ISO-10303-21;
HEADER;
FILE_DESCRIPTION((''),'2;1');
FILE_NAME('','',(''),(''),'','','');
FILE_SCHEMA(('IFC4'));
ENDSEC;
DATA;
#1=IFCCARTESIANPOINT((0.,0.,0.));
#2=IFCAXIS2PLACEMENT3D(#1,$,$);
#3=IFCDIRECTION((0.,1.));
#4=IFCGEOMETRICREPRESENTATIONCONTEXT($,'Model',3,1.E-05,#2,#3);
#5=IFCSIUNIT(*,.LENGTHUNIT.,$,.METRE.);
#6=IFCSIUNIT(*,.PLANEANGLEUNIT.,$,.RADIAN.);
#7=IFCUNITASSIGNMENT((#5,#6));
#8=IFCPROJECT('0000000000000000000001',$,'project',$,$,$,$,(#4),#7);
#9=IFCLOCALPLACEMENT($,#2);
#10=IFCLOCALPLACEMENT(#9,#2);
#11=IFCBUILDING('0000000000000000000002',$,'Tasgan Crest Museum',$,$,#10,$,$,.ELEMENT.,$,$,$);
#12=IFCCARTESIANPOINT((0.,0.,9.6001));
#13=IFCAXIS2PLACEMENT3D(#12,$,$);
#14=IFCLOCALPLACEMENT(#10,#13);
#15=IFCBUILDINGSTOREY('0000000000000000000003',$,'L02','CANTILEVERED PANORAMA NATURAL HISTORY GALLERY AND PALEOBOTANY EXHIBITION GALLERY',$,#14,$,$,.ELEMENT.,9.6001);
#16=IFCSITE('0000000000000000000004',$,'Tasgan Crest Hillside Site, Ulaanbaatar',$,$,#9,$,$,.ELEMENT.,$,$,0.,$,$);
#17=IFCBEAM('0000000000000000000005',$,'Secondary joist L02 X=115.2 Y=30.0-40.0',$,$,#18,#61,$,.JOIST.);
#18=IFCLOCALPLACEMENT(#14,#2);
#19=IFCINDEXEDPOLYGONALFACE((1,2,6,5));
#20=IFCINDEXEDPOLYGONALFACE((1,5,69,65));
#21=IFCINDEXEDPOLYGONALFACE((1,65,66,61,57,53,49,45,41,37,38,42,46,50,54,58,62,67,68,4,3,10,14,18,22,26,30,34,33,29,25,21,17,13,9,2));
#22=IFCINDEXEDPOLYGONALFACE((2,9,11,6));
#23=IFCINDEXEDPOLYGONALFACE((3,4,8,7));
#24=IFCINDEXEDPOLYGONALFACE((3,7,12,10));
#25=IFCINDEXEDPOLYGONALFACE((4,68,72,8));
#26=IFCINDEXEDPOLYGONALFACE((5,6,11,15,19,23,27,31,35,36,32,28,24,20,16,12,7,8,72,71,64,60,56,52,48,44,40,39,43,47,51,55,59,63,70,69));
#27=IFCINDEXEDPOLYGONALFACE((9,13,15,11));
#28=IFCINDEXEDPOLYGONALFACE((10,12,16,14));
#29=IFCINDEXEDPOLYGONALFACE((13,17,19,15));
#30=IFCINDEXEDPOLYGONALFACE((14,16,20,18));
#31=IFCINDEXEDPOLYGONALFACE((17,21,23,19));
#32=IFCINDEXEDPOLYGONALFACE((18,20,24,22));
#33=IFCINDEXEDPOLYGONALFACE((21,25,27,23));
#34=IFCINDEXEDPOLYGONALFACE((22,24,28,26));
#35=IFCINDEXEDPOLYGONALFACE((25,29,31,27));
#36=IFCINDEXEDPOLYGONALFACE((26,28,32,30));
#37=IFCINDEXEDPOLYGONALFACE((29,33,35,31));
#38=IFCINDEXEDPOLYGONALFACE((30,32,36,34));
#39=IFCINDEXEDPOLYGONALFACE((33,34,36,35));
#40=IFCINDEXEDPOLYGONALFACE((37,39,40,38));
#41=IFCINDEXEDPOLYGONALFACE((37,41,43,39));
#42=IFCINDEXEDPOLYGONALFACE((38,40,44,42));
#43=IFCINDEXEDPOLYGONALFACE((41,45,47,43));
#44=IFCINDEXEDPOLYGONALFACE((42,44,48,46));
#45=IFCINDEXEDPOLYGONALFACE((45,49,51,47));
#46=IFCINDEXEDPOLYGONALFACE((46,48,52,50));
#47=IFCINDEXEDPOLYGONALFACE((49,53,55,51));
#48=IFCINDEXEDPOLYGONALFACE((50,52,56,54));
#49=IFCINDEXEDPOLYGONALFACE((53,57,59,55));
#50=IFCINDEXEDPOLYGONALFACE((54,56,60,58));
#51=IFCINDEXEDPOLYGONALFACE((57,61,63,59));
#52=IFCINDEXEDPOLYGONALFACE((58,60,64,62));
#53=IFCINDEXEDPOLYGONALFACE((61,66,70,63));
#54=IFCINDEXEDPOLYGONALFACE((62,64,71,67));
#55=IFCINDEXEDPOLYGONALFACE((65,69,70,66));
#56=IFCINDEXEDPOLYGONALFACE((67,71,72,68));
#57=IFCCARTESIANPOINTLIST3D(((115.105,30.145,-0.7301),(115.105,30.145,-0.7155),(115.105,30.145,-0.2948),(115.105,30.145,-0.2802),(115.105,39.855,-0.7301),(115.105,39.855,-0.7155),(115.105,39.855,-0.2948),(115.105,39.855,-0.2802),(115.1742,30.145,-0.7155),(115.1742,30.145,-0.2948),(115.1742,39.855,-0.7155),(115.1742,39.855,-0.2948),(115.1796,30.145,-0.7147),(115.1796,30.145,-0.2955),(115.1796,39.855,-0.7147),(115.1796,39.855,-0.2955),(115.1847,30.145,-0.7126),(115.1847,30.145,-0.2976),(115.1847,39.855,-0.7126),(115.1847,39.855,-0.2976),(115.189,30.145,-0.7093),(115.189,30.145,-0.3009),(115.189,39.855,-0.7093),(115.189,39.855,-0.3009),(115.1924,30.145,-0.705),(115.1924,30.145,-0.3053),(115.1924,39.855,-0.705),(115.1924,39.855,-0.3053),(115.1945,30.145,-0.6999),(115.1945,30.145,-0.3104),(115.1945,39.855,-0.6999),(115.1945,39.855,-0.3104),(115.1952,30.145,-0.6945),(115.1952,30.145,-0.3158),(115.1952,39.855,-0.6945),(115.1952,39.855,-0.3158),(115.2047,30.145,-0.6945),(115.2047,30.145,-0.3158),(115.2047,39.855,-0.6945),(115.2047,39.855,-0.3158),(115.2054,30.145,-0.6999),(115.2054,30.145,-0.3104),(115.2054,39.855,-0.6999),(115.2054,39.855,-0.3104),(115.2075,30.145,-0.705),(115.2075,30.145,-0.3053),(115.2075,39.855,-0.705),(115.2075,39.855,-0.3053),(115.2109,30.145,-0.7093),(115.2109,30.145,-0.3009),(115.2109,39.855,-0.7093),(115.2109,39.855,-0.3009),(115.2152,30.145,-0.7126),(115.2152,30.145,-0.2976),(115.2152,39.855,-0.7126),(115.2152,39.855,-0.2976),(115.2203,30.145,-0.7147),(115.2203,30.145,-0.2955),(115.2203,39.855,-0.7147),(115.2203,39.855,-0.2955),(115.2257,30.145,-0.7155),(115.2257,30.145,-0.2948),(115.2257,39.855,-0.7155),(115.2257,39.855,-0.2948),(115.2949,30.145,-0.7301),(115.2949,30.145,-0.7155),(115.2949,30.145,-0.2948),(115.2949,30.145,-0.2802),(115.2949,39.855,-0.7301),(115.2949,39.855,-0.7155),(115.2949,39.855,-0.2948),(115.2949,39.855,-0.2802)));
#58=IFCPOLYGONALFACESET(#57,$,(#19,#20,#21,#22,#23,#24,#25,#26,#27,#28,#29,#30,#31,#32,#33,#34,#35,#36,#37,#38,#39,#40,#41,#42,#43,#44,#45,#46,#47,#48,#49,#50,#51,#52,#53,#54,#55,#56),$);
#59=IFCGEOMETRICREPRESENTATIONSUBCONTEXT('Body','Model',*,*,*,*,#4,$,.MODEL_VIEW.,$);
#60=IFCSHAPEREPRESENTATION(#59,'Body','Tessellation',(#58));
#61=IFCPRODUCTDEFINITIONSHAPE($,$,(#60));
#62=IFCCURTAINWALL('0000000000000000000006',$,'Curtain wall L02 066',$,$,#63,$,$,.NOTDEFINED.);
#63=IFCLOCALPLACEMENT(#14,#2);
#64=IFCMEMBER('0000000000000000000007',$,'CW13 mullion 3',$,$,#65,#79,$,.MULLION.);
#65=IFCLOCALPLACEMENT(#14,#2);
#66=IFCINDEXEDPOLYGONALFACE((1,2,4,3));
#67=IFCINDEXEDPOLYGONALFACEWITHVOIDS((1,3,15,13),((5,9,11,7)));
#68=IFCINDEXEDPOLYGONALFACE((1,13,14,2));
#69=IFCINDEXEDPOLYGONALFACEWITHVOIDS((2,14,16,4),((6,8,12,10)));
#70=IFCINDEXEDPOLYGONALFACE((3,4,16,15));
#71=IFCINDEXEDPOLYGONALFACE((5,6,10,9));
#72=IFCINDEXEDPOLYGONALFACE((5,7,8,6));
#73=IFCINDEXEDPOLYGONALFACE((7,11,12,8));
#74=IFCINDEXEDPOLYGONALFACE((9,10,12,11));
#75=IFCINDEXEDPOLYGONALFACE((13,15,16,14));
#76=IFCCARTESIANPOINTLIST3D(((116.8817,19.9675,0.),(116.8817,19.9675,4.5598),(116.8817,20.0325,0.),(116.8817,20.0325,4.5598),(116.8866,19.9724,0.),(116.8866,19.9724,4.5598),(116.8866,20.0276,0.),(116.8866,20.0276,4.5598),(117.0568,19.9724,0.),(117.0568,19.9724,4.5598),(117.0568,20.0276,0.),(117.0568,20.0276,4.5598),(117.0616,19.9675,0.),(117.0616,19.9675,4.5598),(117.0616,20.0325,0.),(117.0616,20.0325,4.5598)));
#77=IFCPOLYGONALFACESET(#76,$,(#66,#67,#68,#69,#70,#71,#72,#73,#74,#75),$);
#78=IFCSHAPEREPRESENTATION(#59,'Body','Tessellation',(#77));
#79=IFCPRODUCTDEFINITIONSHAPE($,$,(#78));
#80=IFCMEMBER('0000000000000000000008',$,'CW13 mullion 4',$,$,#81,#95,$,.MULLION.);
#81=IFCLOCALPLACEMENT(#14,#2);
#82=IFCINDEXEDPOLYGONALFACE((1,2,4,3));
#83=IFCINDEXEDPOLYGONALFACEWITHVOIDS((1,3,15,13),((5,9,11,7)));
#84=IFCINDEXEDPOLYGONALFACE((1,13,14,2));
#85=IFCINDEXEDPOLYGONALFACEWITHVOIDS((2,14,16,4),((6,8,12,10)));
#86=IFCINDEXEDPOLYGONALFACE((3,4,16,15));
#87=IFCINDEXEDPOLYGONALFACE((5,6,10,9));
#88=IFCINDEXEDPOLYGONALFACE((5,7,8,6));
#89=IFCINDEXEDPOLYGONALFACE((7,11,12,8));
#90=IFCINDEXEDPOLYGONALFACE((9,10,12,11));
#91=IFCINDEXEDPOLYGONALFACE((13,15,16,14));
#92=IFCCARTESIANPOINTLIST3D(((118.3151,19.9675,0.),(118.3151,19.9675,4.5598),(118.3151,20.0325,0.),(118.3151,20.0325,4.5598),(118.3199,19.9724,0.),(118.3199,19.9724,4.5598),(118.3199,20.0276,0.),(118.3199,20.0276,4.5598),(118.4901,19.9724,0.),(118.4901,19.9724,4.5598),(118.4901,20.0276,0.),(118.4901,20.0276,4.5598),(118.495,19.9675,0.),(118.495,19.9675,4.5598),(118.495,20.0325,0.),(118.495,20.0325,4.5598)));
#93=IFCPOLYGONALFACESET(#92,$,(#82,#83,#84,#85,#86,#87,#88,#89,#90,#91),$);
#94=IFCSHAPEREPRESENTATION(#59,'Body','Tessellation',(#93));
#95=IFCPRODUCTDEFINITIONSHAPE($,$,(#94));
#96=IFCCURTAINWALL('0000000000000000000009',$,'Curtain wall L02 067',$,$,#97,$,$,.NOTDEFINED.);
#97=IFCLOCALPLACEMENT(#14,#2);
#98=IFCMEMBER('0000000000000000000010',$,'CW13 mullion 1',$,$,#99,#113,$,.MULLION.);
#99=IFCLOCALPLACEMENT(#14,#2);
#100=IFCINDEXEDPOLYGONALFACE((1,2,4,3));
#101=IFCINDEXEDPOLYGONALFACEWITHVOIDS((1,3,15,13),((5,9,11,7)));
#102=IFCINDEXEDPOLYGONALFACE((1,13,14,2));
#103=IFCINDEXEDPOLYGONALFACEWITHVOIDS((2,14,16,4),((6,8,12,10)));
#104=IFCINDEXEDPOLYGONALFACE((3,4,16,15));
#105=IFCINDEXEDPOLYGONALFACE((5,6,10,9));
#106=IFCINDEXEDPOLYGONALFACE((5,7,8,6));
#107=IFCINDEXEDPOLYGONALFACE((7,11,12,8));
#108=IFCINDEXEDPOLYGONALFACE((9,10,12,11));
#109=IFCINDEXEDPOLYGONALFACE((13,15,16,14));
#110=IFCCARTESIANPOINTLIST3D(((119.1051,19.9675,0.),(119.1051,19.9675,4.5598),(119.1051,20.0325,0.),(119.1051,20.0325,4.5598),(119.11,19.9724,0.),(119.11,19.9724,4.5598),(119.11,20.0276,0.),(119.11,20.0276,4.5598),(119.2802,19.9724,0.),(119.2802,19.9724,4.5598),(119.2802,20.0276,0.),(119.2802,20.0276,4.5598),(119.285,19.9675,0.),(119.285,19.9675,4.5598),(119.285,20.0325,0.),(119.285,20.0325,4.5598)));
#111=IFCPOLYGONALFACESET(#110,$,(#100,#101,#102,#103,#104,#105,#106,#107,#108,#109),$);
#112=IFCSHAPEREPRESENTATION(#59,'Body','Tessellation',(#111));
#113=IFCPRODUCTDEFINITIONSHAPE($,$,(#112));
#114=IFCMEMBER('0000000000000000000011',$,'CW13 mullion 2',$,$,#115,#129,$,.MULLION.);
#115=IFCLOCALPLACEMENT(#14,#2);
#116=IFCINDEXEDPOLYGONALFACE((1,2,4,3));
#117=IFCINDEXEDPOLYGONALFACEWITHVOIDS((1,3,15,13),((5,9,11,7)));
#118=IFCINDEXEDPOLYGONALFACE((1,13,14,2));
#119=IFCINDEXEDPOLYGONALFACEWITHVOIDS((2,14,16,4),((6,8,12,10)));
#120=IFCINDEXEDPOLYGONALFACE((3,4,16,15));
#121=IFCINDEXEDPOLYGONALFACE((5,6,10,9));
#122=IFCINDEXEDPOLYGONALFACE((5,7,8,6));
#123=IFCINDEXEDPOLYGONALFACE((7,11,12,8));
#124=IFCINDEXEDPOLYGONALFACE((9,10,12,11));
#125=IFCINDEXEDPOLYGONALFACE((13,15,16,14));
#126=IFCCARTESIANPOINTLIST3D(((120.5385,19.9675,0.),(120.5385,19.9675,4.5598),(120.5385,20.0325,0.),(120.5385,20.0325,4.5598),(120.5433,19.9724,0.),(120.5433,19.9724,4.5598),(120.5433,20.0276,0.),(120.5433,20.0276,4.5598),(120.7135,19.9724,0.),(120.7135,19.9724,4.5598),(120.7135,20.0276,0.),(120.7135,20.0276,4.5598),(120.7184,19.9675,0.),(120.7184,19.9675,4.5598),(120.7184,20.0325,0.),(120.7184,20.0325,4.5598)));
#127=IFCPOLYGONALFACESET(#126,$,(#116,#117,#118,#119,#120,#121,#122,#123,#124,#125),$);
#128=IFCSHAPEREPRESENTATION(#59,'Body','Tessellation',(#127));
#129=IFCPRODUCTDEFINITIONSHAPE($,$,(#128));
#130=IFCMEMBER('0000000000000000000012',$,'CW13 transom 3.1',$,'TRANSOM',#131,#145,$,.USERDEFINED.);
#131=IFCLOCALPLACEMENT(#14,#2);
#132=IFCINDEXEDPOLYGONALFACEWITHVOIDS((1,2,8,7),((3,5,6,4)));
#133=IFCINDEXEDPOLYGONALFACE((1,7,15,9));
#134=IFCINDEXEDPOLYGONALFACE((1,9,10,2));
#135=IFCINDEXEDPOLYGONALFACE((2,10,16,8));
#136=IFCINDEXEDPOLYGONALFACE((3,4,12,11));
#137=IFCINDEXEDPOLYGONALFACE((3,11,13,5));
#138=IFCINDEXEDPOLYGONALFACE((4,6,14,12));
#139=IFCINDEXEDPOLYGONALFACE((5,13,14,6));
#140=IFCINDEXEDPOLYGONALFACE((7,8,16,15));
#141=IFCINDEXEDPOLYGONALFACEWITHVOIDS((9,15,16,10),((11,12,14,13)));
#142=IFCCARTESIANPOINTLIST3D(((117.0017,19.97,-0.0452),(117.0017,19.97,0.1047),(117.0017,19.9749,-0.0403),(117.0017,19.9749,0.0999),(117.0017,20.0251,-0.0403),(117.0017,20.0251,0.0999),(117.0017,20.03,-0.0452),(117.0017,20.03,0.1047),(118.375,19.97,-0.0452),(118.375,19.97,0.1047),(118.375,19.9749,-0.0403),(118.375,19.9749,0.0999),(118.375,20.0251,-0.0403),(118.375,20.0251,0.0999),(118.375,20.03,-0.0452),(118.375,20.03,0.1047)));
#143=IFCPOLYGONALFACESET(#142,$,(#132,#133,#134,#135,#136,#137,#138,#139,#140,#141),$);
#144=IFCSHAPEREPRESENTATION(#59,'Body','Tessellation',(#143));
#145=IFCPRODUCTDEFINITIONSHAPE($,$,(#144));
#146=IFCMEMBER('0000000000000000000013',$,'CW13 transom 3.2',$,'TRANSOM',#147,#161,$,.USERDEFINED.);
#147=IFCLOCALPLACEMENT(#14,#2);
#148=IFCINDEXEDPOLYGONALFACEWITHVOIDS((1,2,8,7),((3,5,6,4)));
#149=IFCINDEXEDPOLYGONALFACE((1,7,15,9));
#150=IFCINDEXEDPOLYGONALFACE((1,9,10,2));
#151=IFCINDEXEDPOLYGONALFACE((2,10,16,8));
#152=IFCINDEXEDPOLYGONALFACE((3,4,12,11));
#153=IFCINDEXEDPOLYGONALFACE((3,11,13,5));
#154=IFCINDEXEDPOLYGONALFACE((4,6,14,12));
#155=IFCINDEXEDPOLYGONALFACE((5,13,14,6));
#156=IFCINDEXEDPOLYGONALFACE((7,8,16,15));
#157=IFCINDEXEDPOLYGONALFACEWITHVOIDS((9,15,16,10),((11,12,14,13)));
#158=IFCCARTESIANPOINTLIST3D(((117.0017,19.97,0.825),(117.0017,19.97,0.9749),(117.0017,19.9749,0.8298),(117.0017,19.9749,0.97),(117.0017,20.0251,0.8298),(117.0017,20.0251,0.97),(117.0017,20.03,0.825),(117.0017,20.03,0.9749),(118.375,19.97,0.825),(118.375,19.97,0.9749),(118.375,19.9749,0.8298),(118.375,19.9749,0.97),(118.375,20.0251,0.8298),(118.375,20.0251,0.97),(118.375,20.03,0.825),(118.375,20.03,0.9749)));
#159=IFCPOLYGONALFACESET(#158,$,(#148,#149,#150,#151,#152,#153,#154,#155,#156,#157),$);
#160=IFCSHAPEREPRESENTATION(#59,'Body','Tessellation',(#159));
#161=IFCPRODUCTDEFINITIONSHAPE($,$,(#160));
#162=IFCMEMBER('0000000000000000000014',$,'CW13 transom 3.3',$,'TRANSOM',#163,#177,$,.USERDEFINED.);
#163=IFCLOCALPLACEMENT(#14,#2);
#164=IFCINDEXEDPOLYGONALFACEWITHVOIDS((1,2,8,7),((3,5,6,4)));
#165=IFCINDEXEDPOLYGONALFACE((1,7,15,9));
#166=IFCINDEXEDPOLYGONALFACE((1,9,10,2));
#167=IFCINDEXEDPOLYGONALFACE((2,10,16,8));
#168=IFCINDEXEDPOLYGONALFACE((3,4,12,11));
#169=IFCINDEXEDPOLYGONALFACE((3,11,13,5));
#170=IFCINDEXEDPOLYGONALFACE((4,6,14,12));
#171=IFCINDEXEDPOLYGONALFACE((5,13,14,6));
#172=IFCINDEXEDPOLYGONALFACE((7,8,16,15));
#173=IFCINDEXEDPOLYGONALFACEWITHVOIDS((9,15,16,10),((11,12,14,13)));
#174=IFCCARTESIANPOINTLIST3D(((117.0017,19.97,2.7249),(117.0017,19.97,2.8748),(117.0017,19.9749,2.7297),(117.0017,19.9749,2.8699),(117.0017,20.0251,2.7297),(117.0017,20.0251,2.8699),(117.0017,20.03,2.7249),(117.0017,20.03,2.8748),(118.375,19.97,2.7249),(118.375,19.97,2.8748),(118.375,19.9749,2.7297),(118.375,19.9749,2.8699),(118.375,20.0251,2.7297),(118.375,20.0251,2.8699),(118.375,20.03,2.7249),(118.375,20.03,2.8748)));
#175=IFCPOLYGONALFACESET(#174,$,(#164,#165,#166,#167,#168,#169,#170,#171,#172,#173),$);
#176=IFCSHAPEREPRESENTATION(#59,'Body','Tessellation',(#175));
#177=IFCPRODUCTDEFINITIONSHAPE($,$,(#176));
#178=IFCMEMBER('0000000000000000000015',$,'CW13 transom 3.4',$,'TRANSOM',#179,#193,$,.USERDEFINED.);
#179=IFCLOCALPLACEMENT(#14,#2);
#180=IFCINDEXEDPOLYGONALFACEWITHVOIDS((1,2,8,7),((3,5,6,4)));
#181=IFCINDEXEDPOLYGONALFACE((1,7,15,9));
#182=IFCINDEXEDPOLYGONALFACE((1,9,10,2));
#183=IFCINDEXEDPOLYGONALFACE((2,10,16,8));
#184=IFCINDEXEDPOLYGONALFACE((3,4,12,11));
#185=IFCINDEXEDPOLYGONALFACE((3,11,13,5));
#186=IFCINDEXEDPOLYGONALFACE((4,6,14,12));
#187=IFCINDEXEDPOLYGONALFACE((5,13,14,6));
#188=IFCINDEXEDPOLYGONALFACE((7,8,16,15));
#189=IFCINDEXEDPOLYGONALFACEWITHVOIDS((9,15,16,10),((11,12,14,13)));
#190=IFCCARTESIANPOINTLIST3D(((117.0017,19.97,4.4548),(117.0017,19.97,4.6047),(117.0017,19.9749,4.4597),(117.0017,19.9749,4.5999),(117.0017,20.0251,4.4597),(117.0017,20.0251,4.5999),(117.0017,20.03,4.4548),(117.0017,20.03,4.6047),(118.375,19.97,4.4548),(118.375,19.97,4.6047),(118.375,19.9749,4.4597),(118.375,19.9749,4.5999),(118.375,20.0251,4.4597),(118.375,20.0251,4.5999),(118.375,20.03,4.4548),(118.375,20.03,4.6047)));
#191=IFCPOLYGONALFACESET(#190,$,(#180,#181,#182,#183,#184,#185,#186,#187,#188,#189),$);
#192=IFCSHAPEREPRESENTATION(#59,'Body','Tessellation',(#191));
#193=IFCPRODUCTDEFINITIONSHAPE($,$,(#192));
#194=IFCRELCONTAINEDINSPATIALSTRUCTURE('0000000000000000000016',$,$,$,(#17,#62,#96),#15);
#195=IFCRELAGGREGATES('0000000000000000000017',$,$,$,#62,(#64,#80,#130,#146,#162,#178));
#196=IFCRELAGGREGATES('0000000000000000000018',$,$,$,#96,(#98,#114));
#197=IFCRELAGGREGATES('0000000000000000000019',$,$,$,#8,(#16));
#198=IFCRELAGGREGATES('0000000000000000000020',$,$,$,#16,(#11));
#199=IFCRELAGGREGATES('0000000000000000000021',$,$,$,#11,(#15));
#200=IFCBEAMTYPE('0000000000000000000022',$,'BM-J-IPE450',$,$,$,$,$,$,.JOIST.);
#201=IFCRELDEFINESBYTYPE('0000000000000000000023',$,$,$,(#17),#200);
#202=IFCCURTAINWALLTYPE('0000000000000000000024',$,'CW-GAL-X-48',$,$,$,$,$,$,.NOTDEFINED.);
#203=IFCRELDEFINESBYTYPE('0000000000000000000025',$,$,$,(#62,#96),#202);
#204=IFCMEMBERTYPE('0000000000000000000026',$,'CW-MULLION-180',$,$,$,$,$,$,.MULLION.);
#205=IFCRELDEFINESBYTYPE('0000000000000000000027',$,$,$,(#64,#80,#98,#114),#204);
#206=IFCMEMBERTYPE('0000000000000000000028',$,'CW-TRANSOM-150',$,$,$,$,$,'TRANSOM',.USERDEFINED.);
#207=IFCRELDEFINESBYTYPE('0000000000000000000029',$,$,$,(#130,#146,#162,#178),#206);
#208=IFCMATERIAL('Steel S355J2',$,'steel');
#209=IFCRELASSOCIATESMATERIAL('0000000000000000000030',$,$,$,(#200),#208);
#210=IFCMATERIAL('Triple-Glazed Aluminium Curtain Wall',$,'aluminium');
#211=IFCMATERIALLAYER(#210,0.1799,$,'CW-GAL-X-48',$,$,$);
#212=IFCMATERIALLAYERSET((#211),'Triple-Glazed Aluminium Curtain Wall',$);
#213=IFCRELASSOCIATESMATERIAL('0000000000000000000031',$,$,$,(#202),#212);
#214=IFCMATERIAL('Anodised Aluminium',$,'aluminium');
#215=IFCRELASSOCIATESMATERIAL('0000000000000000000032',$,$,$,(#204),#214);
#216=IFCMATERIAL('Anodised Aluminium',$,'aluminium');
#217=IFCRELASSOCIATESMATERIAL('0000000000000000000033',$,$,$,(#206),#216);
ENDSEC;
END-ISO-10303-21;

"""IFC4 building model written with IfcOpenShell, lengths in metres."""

from ifc_helpers import new_model, si_unit, direction, frame, origin, origin_2d, place, context, subcontext, project, spatial, hollow_rectangle, i_section, extrude, material, layer, layer_set, material_profile, profile_set, type_object, element, aggregate, save


model = new_model("IFC4")

# Units and contexts
model_context = context("Model", 3, precision=1e-05, world=origin(), true_north=direction((0.0, 1.0)))
body_context = subcontext(model_context, "Body", "Model", "MODEL_VIEW")
ifc_project = project(units=[si_unit("LENGTHUNIT", "METRE"), si_unit("PLANEANGLEUNIT", "RADIAN")], contexts=[model_context])

# Site, building, storey
site_placement = place(None, origin())
site = spatial("IfcSite", under=ifc_project, at=site_placement, Name="Tasgan Crest Hillside Site, Ulaanbaatar", CompositionType="ELEMENT", RefElevation=0.0)
building_placement = place(site_placement, origin())
building = spatial("IfcBuilding", under=site, at=building_placement, Name="Tasgan Crest Museum", CompositionType="ELEMENT")
storey_placement = place(building_placement, frame((0.0, 0.0, 9.6001)))
storey = spatial("IfcBuildingStorey", under=building, at=storey_placement, Name="L02", Description="CANTILEVERED PANORAMA NATURAL HISTORY GALLERY AND PALEOBOTANY EXHIBITION GALLERY", CompositionType="ELEMENT", Elevation=9.6001)

# Beam
ifc_material_1 = material(Name="Steel S355J2", Category="steel")
ifc_material_profile_1 = material_profile(ifc_material_1, i_section(OverallWidth=0.1899, OverallDepth=0.45, WebThickness=0.0095, FlangeThickness=0.0146, FilletRadius=0.021, at=origin_2d()), Name="IPE 450")
ifc_profile_set_1 = profile_set([ifc_material_profile_1], Name="Steel S355J2")
beam_type_1 = type_object("IfcBeamType", Name="BM-J-IPE450", PredefinedType="JOIST", material=ifc_profile_set_1)
for number, where, z_axis, x_axis, name in (
    (1, (115.2, 30.145, -0.5051), (0.0, 1.0, 0.0), (-1.0, 0.0, 0.0), "Secondary joist L02 X=115.2 Y=30.0-40.0"),
):
    element("IfcBeam", number, at=place(storey_placement, frame(where, z_axis=z_axis, x_axis=x_axis)), inside=storey, type_object=beam_type_1, Name=name, PredefinedType="JOIST", context=body_context, shape_type="SweptSolid", body=[
        extrude(i_section(OverallWidth=0.1899, OverallDepth=0.45, WebThickness=0.0095, FlangeThickness=0.0146, FilletRadius=0.021, at=origin_2d()), origin(), (0.0, 0.0, 1.0), 9.71),
    ])

# Curtain walls, members
ifc_material_2 = material(Name="Triple-Glazed Aluminium Curtain Wall", Category="aluminium")
ifc_layer_1 = layer(ifc_material_2, 0.1799, Name="CW-GAL-X-48")
ifc_layer_set_1 = layer_set([ifc_layer_1], Name="Triple-Glazed Aluminium Curtain Wall")
curtain_wall_type = type_object("IfcCurtainWallType", Name="CW-GAL-X-48", PredefinedType="NOTDEFINED", material=ifc_layer_set_1)
curtain_wall_1_placement = place(storey_placement, origin())
curtain_wall_1 = element("IfcCurtainWall", 2, at=curtain_wall_1_placement, inside=storey, type_object=curtain_wall_type, Name="Curtain wall L02 066", PredefinedType="NOTDEFINED")
ifc_material_3 = material(Name="Anodised Aluminium", Category="aluminium")
ifc_material_profile_2 = material_profile(ifc_material_3, hollow_rectangle(XDim=0.0649, YDim=0.1799, WallThickness=0.0049, at=origin_2d()), Name="ALU MULLION 180x65x5")
ifc_profile_set_2 = profile_set([ifc_material_profile_2], Name="Anodised Aluminium")
member_type_1 = type_object("IfcMemberType", Name="CW-MULLION-180", PredefinedType="MULLION", material=ifc_profile_set_2)
member_1_placement = place(storey_placement, frame((116.9717, 20.0, 0.0), z_axis=(0.0, 0.0, 1.0), x_axis=(0.0, 1.0, 0.0)))
member_1 = element("IfcMember", 3, at=member_1_placement, type_object=member_type_1, Name="CW13 mullion 3", PredefinedType="MULLION", context=body_context, shape_type="SweptSolid", body=[
    extrude(hollow_rectangle(XDim=0.0649, YDim=0.1799, WallThickness=0.0049, at=origin_2d()), origin(), (0.0, 0.0, 1.0), 4.5598),
])
member_2_placement = place(storey_placement, frame((118.405, 20.0, 0.0), z_axis=(0.0, 0.0, 1.0), x_axis=(0.0, 1.0, 0.0)))
member_2 = element("IfcMember", 4, at=member_2_placement, type_object=member_type_1, Name="CW13 mullion 4", PredefinedType="MULLION", context=body_context, shape_type="SweptSolid", body=[
    extrude(hollow_rectangle(XDim=0.0649, YDim=0.1799, WallThickness=0.0049, at=origin_2d()), origin(), (0.0, 0.0, 1.0), 4.5598),
])
curtain_wall_2_placement = place(storey_placement, origin())
curtain_wall_2 = element("IfcCurtainWall", 5, at=curtain_wall_2_placement, inside=storey, type_object=curtain_wall_type, Name="Curtain wall L02 067", PredefinedType="NOTDEFINED")
member_3_placement = place(storey_placement, frame((119.1951, 20.0, 0.0), z_axis=(0.0, 0.0, 1.0), x_axis=(0.0, 1.0, 0.0)))
member_3 = element("IfcMember", 6, at=member_3_placement, type_object=member_type_1, Name="CW13 mullion 1", PredefinedType="MULLION", context=body_context, shape_type="SweptSolid", body=[
    extrude(hollow_rectangle(XDim=0.0649, YDim=0.1799, WallThickness=0.0049, at=origin_2d()), origin(), (0.0, 0.0, 1.0), 4.5598),
])
member_4_placement = place(storey_placement, frame((120.6284, 20.0, 0.0), z_axis=(0.0, 0.0, 1.0), x_axis=(0.0, 1.0, 0.0)))
member_4 = element("IfcMember", 7, at=member_4_placement, type_object=member_type_1, Name="CW13 mullion 2", PredefinedType="MULLION", context=body_context, shape_type="SweptSolid", body=[
    extrude(hollow_rectangle(XDim=0.0649, YDim=0.1799, WallThickness=0.0049, at=origin_2d()), origin(), (0.0, 0.0, 1.0), 4.5598),
])

# Members
ifc_material_4 = material(Name="Anodised Aluminium", Category="aluminium")
ifc_material_profile_3 = material_profile(ifc_material_4, hollow_rectangle(XDim=0.0601, YDim=0.1499, WallThickness=0.0049, at=origin_2d()), Name="ALU TRANSOM 150x60x5")
ifc_profile_set_3 = profile_set([ifc_material_profile_3], Name="Anodised Aluminium")
member_type_2 = type_object("IfcMemberType", Name="CW-TRANSOM-150", ElementType="TRANSOM", PredefinedType="USERDEFINED", material=ifc_profile_set_3)
member_5_placement = place(storey_placement, frame((117.0017, 20.0, 0.0298), z_axis=(1.0, 0.0, 0.0), x_axis=(0.0, 1.0, 0.0)))
member_5 = element("IfcMember", 8, at=member_5_placement, type_object=member_type_2, Name="CW13 transom 3.1", ObjectType="TRANSOM", PredefinedType="USERDEFINED", context=body_context, shape_type="SweptSolid", body=[
    extrude(hollow_rectangle(XDim=0.0601, YDim=0.1499, WallThickness=0.0049, at=origin_2d()), origin(), (0.0, 0.0, 1.0), 1.3733),
])
member_6_placement = place(storey_placement, frame((117.0017, 20.0, 0.8999), z_axis=(1.0, 0.0, 0.0), x_axis=(0.0, 1.0, 0.0)))
member_6 = element("IfcMember", 9, at=member_6_placement, type_object=member_type_2, Name="CW13 transom 3.2", ObjectType="TRANSOM", PredefinedType="USERDEFINED", context=body_context, shape_type="SweptSolid", body=[
    extrude(hollow_rectangle(XDim=0.0601, YDim=0.1499, WallThickness=0.0049, at=origin_2d()), origin(), (0.0, 0.0, 1.0), 1.3733),
])
member_7_placement = place(storey_placement, frame((117.0017, 20.0, 2.7998), z_axis=(1.0, 0.0, 0.0), x_axis=(0.0, 1.0, 0.0)))
member_7 = element("IfcMember", 10, at=member_7_placement, type_object=member_type_2, Name="CW13 transom 3.3", ObjectType="TRANSOM", PredefinedType="USERDEFINED", context=body_context, shape_type="SweptSolid", body=[
    extrude(hollow_rectangle(XDim=0.0601, YDim=0.1499, WallThickness=0.0049, at=origin_2d()), origin(), (0.0, 0.0, 1.0), 1.3733),
])
member_8_placement = place(storey_placement, frame((117.0017, 20.0, 4.5298), z_axis=(1.0, 0.0, 0.0), x_axis=(0.0, 1.0, 0.0)))
member_8 = element("IfcMember", 11, at=member_8_placement, type_object=member_type_2, Name="CW13 transom 3.4", ObjectType="TRANSOM", PredefinedType="USERDEFINED", context=body_context, shape_type="SweptSolid", body=[
    extrude(hollow_rectangle(XDim=0.0601, YDim=0.1499, WallThickness=0.0049, at=origin_2d()), origin(), (0.0, 0.0, 1.0), 1.3733),
])

aggregate(curtain_wall_1, [member_1, member_2, member_5, member_6, member_7, member_8])
aggregate(curtain_wall_2, [member_3, member_4])

save(model, "model.ifc")
